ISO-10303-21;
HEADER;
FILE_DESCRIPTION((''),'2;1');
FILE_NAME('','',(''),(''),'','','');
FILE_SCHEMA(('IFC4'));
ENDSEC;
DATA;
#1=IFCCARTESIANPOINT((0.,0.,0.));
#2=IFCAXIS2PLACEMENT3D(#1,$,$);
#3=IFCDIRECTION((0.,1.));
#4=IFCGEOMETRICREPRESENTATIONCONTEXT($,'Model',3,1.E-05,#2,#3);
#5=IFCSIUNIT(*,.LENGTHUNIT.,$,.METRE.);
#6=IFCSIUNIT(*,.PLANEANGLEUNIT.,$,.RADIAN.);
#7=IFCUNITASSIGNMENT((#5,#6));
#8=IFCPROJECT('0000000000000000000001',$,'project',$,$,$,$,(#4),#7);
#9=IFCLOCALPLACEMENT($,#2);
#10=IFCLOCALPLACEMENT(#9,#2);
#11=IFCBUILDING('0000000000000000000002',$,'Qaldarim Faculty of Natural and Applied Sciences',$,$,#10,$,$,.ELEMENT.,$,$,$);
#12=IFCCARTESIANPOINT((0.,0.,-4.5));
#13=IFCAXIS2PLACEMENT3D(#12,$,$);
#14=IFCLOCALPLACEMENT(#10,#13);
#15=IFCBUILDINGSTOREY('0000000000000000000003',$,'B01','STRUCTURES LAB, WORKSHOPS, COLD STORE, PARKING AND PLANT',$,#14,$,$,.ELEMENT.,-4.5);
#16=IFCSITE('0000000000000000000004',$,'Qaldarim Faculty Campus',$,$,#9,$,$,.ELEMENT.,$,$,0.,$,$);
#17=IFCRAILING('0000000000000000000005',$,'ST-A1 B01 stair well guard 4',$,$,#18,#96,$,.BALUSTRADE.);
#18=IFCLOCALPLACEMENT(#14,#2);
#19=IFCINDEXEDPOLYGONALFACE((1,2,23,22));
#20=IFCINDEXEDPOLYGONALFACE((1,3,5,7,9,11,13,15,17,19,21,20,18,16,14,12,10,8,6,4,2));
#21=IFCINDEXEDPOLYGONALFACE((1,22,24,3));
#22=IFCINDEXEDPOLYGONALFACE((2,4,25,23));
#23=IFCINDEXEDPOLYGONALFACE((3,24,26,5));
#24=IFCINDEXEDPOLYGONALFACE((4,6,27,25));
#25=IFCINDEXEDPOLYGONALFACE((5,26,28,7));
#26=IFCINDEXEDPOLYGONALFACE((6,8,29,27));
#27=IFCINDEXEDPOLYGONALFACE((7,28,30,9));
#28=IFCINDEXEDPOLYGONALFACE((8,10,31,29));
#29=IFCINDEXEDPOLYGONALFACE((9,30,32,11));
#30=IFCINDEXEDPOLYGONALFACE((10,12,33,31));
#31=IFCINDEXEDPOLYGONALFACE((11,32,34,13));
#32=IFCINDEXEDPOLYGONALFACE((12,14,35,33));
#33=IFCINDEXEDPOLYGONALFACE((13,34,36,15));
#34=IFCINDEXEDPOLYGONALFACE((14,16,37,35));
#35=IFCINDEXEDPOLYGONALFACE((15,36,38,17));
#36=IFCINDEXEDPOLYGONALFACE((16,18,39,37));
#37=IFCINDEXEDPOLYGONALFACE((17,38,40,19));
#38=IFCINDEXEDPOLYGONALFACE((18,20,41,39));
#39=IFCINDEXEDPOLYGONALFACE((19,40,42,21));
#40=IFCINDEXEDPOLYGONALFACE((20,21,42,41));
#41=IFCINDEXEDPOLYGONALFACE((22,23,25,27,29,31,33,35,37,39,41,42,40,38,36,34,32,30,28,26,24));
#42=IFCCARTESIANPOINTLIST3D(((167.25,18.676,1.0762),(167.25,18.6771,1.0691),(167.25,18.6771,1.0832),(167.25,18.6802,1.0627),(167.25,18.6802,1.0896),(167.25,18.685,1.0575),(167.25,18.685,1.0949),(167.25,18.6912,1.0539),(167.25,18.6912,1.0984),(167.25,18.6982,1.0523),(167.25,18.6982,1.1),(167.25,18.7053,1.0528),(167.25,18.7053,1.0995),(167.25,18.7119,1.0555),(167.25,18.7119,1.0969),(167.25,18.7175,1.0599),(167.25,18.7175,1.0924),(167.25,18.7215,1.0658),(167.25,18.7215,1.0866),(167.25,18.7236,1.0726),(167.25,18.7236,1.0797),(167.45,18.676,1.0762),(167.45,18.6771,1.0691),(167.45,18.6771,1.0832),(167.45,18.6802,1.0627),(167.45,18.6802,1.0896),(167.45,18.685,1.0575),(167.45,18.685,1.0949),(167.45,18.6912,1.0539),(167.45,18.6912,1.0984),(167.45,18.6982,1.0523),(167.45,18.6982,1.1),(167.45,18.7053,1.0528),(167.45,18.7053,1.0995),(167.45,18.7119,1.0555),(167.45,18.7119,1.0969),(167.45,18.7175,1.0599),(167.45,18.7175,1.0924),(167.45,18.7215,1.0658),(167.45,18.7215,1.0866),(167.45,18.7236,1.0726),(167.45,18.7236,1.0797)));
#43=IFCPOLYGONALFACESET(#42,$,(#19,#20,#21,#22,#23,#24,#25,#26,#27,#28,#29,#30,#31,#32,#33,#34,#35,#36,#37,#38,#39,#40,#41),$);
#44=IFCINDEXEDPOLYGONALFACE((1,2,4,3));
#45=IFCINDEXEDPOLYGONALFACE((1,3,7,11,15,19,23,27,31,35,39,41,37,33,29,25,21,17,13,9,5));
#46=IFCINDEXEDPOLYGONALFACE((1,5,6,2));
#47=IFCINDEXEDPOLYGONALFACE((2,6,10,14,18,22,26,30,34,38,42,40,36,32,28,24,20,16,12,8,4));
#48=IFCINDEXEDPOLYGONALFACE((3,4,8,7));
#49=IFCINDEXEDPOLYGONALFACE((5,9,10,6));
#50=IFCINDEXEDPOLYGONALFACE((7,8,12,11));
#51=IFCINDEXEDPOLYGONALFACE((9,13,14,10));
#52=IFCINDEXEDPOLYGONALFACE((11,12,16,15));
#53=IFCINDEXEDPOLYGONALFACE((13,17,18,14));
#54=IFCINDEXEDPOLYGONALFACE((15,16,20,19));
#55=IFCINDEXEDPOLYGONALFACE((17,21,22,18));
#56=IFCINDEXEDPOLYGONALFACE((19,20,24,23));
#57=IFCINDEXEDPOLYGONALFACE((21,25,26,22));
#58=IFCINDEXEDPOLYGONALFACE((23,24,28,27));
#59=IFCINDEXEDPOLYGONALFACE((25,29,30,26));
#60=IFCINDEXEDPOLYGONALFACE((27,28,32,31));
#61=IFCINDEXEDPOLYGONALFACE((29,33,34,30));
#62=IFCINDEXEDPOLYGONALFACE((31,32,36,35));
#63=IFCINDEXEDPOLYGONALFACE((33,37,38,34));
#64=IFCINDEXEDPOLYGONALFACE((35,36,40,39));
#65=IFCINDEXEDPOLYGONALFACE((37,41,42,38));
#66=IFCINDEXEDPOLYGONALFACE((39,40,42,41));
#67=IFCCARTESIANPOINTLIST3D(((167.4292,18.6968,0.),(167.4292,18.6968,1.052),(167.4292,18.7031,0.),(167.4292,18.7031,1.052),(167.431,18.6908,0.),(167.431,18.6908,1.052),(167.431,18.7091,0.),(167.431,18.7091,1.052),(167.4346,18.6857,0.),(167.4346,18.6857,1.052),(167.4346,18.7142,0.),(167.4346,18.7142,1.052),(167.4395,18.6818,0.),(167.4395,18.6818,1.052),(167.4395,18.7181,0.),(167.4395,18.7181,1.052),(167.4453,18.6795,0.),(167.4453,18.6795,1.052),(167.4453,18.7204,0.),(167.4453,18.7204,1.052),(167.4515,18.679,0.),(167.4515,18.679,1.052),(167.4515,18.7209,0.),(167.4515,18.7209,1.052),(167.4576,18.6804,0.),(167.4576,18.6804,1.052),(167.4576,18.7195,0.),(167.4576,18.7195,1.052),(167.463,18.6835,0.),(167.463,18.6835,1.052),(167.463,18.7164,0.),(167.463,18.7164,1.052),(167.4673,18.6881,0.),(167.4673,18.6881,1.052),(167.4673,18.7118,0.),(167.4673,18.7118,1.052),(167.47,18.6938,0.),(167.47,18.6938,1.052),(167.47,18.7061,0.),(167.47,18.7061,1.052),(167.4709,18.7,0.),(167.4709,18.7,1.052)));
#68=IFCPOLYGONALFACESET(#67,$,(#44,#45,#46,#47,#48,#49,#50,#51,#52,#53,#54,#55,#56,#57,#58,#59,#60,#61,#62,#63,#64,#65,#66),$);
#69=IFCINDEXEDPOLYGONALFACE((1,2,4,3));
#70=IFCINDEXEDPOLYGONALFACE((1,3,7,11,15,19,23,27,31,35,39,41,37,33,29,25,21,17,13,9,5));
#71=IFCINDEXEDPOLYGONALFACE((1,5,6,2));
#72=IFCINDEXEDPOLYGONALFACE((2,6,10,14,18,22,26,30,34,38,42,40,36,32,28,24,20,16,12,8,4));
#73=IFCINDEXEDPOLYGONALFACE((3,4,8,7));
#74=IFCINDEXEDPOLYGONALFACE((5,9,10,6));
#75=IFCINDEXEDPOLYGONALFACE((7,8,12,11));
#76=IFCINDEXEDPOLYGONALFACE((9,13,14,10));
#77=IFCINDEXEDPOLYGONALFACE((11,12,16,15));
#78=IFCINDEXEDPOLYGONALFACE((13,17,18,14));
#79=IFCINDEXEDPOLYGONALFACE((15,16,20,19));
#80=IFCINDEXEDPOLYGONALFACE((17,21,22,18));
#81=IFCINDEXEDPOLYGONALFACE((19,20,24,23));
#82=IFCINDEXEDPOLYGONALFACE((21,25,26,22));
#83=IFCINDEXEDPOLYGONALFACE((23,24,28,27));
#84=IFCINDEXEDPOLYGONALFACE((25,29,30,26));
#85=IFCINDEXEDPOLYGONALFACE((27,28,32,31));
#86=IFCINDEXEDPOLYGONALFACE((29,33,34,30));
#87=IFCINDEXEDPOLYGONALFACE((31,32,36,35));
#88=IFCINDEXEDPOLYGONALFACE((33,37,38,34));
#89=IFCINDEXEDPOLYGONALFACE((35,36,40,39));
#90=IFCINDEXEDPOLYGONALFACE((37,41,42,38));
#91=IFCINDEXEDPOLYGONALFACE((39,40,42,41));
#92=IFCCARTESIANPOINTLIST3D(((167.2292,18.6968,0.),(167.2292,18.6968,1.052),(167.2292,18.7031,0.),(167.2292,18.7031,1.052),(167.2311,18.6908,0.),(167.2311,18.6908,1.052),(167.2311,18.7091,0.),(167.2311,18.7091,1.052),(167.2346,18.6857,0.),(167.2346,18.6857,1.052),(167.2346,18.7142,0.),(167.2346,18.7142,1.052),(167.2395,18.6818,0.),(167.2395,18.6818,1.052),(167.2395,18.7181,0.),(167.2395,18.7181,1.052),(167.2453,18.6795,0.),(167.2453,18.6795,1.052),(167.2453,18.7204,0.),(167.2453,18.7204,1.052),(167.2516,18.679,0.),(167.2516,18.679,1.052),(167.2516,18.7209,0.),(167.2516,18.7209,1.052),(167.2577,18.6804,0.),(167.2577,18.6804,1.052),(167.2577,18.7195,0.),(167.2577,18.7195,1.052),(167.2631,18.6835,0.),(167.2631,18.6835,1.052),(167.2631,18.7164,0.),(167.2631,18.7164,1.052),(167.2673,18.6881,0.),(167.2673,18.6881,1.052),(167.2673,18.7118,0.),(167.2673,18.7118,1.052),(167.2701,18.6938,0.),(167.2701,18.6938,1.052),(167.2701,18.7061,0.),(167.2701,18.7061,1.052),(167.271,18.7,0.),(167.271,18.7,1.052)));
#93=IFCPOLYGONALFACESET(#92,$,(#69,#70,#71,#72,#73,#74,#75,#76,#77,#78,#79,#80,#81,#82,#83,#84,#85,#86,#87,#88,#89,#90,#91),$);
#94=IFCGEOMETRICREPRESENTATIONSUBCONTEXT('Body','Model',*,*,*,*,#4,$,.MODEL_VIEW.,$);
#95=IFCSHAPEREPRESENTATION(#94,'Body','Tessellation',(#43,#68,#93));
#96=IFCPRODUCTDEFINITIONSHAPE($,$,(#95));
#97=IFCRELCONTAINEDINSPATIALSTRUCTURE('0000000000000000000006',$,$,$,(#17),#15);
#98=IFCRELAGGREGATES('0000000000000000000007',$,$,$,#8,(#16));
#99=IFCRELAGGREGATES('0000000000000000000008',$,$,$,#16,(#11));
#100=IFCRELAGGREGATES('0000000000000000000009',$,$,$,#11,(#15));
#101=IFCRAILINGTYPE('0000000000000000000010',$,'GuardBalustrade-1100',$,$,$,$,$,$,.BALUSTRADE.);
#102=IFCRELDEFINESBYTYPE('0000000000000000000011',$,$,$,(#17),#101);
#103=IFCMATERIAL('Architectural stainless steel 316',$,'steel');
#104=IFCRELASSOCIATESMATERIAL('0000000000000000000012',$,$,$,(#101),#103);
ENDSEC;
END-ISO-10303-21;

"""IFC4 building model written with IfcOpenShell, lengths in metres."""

from ifc_helpers import new_model, si_unit, direction, frame, origin, origin_2d, place, context, subcontext, project, spatial, circle, extrude, material, type_object, element, save


model = new_model("IFC4")

# Units and contexts
model_context = context("Model", 3, precision=1e-05, world=origin(), true_north=direction((0.0, 1.0)))
body_context = subcontext(model_context, "Body", "Model", "MODEL_VIEW")
ifc_project = project(units=[si_unit("LENGTHUNIT", "METRE"), si_unit("PLANEANGLEUNIT", "RADIAN")], contexts=[model_context])

# Site, building, storey
site_placement = place(None, origin())
site = spatial("IfcSite", under=ifc_project, at=site_placement, Name="Qaldarim Faculty Campus", CompositionType="ELEMENT", RefElevation=0.0)
building_placement = place(site_placement, origin())
building = spatial("IfcBuilding", under=site, at=building_placement, Name="Qaldarim Faculty of Natural and Applied Sciences", CompositionType="ELEMENT")
storey_placement = place(building_placement, frame((0.0, 0.0, -4.5)))
storey = spatial("IfcBuildingStorey", under=building, at=storey_placement, Name="B01", Description="STRUCTURES LAB, WORKSHOPS, COLD STORE, PARKING AND PLANT", CompositionType="ELEMENT", Elevation=-4.5)

# Shared definitions
ifc_material_1 = material(Name="Architectural stainless steel 316", Category="steel")

# Railing
railing_type_1 = type_object("IfcRailingType", Name="GuardBalustrade-1100", PredefinedType="BALUSTRADE", material=ifc_material_1)
railing_1_placement = place(storey_placement, frame((167.45, 18.7, 0.0)))
element("IfcRailing", 1, at=railing_1_placement, inside=storey, type_object=railing_type_1, Name="ST-A1 B01 stair well guard 4", PredefinedType="BALUSTRADE", context=body_context, shape_type="SweptSolid", body=[
    extrude(circle(Radius=0.0239, at=origin_2d()), frame((0.0, 0.0, 1.0762), z_axis=(-1.0, 0.0, 0.0), x_axis=(0.0, -1.0, 0.0)), (0.0, 0.0, 1.0), 0.2),
    extrude(circle(Radius=0.021, at=origin_2d()), origin(), (0.0, 0.0, 1.0), 1.052),
    extrude(circle(Radius=0.021, at=origin_2d()), frame((-0.2, 0.0, 0.0)), (0.0, 0.0, 1.0), 1.052),
])

save(model, "model.ifc")
